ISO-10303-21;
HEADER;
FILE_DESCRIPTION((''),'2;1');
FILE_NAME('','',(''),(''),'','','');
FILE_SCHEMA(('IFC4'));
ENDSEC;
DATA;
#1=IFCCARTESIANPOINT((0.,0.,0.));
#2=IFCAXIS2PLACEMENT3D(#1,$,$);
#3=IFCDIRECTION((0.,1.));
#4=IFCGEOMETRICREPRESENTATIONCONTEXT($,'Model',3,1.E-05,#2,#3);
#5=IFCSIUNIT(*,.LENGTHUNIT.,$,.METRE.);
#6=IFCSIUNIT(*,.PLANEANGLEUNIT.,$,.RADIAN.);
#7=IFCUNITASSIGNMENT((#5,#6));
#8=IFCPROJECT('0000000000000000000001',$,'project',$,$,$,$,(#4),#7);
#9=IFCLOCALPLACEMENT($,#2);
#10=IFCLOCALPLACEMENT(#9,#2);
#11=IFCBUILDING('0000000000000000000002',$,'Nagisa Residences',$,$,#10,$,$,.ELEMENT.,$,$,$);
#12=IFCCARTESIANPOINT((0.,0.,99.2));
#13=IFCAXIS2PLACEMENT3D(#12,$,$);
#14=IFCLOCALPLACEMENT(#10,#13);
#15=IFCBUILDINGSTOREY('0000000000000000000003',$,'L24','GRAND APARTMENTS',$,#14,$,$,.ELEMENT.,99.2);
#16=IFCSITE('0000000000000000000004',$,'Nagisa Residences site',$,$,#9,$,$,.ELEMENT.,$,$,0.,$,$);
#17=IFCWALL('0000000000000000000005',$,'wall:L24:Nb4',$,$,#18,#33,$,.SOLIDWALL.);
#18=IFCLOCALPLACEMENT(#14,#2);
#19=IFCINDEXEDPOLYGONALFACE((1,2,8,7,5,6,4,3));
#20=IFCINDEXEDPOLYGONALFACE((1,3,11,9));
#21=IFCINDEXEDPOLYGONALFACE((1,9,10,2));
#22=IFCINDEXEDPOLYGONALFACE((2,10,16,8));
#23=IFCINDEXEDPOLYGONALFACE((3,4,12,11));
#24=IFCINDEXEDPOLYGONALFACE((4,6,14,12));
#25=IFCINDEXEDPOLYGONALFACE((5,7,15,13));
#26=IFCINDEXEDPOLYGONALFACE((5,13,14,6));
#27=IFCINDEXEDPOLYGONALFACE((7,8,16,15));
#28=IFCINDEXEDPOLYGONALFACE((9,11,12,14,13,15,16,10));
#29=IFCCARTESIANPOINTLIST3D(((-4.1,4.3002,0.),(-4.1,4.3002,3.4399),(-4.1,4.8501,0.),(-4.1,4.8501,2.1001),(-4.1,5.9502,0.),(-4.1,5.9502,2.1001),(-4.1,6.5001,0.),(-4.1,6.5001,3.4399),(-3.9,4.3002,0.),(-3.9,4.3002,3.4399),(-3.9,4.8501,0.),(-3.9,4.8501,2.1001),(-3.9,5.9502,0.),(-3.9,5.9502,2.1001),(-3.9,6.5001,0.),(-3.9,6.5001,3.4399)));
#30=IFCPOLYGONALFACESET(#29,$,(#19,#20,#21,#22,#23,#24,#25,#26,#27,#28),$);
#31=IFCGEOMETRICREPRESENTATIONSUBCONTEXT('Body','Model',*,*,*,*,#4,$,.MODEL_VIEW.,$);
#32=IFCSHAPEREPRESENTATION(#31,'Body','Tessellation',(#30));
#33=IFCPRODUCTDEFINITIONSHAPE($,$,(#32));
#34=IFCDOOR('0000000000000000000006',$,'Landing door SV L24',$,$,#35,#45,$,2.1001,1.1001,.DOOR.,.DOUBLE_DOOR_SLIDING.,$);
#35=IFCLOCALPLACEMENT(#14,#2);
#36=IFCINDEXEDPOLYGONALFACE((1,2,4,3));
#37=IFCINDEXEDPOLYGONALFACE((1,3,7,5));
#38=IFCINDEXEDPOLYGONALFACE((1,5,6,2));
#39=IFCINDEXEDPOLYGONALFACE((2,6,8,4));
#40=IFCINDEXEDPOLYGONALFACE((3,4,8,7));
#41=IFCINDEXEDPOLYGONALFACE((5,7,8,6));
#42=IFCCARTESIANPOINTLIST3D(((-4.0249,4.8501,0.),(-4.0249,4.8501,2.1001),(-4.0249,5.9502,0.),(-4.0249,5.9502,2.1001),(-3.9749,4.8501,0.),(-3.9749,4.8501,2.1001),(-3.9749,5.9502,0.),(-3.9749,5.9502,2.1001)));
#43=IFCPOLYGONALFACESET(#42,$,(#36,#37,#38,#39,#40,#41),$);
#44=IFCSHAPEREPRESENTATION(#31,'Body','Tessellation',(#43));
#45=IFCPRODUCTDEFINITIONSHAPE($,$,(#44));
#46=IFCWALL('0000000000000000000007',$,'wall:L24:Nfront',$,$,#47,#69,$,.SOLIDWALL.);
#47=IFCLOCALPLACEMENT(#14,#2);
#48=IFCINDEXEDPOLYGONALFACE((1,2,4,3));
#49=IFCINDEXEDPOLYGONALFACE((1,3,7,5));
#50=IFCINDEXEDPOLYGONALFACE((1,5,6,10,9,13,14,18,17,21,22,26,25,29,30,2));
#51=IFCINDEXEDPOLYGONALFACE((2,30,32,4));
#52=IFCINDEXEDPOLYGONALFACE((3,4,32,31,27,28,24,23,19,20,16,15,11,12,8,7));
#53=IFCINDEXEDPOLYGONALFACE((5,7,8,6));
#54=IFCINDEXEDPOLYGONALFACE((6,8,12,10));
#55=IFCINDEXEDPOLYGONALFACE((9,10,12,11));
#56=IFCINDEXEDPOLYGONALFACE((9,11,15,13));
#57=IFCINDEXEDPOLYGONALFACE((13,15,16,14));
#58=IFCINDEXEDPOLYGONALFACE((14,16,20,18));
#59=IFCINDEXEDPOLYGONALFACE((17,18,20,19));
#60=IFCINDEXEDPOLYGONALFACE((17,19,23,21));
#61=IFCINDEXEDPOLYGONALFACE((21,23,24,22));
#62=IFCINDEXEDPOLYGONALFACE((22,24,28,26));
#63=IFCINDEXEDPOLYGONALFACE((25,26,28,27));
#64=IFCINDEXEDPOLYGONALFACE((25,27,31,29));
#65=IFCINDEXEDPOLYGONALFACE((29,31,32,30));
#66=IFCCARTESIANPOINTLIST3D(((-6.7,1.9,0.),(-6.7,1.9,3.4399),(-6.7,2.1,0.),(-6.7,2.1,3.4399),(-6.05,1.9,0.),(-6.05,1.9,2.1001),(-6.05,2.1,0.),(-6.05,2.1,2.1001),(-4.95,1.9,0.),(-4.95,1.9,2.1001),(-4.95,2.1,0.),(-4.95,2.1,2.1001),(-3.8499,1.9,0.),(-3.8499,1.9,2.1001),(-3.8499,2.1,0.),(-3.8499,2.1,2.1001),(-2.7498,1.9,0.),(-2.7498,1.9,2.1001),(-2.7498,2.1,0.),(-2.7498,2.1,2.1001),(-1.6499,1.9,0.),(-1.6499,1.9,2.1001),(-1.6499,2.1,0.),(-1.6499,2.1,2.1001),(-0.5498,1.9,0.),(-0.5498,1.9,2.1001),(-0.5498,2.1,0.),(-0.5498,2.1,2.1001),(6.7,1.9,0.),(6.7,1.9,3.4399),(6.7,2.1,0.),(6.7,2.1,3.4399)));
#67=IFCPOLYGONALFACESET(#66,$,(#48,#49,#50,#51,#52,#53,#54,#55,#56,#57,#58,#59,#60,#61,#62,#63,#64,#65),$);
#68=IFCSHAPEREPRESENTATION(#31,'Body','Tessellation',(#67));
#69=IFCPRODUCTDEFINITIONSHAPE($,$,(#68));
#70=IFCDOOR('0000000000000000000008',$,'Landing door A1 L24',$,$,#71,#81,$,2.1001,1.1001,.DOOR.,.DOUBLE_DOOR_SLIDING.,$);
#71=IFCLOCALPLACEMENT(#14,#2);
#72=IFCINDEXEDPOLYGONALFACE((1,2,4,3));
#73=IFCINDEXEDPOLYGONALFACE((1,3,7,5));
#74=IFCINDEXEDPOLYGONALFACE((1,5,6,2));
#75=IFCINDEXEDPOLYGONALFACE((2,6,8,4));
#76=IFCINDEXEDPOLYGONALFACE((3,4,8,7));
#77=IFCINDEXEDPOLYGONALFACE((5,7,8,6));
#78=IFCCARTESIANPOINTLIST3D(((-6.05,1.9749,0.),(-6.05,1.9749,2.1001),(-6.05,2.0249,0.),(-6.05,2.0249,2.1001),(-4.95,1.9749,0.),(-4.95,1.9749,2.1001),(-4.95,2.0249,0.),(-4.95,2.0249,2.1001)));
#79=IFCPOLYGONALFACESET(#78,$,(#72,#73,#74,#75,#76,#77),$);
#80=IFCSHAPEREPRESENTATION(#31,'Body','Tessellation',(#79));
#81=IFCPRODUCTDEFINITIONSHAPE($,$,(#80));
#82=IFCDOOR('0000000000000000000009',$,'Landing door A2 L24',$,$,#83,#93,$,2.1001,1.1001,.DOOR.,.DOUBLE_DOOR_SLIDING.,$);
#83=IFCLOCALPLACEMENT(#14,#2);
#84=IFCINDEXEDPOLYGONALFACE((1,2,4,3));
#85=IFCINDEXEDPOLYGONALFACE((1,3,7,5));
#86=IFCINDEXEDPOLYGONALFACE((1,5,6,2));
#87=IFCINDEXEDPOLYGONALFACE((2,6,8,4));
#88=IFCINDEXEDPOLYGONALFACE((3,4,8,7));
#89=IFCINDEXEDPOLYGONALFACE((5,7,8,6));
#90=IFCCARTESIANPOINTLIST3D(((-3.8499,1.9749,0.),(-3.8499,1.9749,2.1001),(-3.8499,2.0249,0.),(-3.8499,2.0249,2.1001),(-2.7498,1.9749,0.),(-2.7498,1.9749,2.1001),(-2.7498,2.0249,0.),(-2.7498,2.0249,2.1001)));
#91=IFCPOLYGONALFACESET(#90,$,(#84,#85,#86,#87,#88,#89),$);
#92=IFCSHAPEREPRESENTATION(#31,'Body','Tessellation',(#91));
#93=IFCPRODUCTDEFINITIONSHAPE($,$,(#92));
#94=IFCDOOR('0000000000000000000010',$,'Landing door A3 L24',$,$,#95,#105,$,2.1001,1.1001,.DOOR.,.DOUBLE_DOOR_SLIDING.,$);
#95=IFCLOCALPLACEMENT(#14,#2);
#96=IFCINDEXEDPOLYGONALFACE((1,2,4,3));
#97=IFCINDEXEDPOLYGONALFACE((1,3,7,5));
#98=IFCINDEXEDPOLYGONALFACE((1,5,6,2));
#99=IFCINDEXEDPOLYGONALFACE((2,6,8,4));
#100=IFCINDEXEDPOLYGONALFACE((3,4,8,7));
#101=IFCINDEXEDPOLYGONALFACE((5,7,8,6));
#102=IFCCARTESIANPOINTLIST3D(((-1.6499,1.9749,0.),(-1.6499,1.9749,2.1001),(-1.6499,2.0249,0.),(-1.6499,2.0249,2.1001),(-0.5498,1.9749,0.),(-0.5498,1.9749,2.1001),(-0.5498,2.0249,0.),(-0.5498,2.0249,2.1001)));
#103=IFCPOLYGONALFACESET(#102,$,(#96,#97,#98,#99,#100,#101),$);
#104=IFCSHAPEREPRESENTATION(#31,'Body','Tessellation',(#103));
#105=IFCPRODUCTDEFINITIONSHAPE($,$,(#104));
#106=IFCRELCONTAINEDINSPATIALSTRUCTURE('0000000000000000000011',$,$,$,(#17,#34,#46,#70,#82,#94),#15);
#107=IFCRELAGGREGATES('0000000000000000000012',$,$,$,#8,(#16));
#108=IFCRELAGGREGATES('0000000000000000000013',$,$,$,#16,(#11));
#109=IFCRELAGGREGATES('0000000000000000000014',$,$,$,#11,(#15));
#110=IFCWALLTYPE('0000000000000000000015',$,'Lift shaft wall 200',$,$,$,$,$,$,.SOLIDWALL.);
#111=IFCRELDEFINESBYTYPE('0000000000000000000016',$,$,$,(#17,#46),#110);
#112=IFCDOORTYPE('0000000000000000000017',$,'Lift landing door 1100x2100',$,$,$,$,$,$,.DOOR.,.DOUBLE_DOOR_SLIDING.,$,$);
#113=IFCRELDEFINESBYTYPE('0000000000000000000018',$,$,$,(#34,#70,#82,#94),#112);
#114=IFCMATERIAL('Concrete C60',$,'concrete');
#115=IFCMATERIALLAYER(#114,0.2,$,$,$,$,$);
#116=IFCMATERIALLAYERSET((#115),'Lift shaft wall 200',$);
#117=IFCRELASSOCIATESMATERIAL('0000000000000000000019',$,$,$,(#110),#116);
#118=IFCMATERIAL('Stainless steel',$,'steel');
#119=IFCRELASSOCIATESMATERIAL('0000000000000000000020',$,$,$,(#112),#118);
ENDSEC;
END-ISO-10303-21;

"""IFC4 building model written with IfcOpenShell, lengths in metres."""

from ifc_helpers import new_model, si_unit, direction, frame, frame_2d, origin, place, context, subcontext, project, spatial, rectangle, extrude, material, layer, layer_set, type_object, element, fill, save


model = new_model("IFC4")

# Units and contexts
model_context = context("Model", 3, precision=1e-05, world=origin(), true_north=direction((0.0, 1.0)))
body_context = subcontext(model_context, "Body", "Model", "MODEL_VIEW")
ifc_project = project(units=[si_unit("LENGTHUNIT", "METRE"), si_unit("PLANEANGLEUNIT", "RADIAN")], contexts=[model_context])

# Site, building, storey
site_placement = place(None, origin())
site = spatial("IfcSite", under=ifc_project, at=site_placement, Name="Nagisa Residences site", CompositionType="ELEMENT", RefElevation=0.0)
building_placement = place(site_placement, origin())
building = spatial("IfcBuilding", under=site, at=building_placement, Name="Nagisa Residences", CompositionType="ELEMENT")
storey_placement = place(building_placement, frame((0.0, 0.0, 99.2)))
storey = spatial("IfcBuildingStorey", under=building, at=storey_placement, Name="L24", Description="GRAND APARTMENTS", CompositionType="ELEMENT", Elevation=99.2)

# Wall, opening, door
ifc_material_1 = material(Name="Concrete C60", Category="concrete")
ifc_layer_1 = layer(ifc_material_1, 0.2)
ifc_layer_set_1 = layer_set([ifc_layer_1], Name="Lift shaft wall 200")
wall_type_1 = type_object("IfcWallType", Name="Lift shaft wall 200", PredefinedType="SOLIDWALL", material=ifc_layer_set_1)
wall_1_placement = place(storey_placement, frame((-4.0, 4.3, 0.0), z_axis=(0.0, 0.0, 1.0), x_axis=(0.0, 1.0, 0.0)))
wall_1 = element("IfcWall", 1, at=wall_1_placement, inside=storey, type_object=wall_type_1, Name="wall:L24:Nb4", PredefinedType="SOLIDWALL", context=body_context, shape_type="SweptSolid", body=[
    extrude(rectangle(XDim=2.2, YDim=0.2, at=frame_2d((1.1001, 0.0))), origin(), (0.0, 0.0, 1.0), 3.4399),
])
opening_1_placement = place(wall_1_placement, frame((0.55, 0.0, 0.0)))
opening_1 = element("IfcOpeningElement", 2, at=opening_1_placement, cuts=wall_1, PredefinedType="OPENING", context=body_context, shape_type="SweptSolid", body=[
    extrude(rectangle(XDim=1.1001, YDim=2.1001, at=frame_2d((0.55, 1.05))), frame((0.0, 0.1099, 0.0), z_axis=(0.0, -1.0, 0.0), x_axis=(1.0, 0.0, 0.0)), (0.0, 0.0, 1.0), 0.22),
])
ifc_material_2 = material(Name="Stainless steel", Category="steel")
door_type_1 = type_object("IfcDoorType", Name="Lift landing door 1100x2100", OperationType="DOUBLE_DOOR_SLIDING", PredefinedType="DOOR", material=ifc_material_2)
door_1_placement = place(opening_1_placement, origin())
door_1 = element("IfcDoor", 3, at=door_1_placement, inside=storey, type_object=door_type_1, Name="Landing door SV L24", OperationType="DOUBLE_DOOR_SLIDING", OverallHeight=2.1001, OverallWidth=1.1001, PredefinedType="DOOR", context=body_context, shape_type="SweptSolid", body=[
    extrude(rectangle(XDim=1.1001, YDim=2.1001, at=frame_2d((0.55, 1.05))), frame((0.0, 0.0249, 0.0), z_axis=(0.0, -1.0, 0.0), x_axis=(1.0, 0.0, 0.0)), (0.0, 0.0, 1.0), 0.05),
])
fill(opening_1, door_1)

# Wall, openings, doors
wall_2_placement = place(storey_placement, frame((-6.7, 2.0, 0.0), z_axis=(0.0, 0.0, 1.0), x_axis=(1.0, 0.0, 0.0)))
wall_2 = element("IfcWall", 4, at=wall_2_placement, inside=storey, type_object=wall_type_1, Name="wall:L24:Nfront", PredefinedType="SOLIDWALL", context=body_context, shape_type="SweptSolid", body=[
    extrude(rectangle(XDim=13.3999, YDim=0.2, at=frame_2d((6.7, 0.0))), origin(), (0.0, 0.0, 1.0), 3.4399),
])
opening_2_placement = place(wall_2_placement, frame((0.6499, 0.0, 0.0)))
opening_2 = element("IfcOpeningElement", 5, at=opening_2_placement, cuts=wall_2, PredefinedType="OPENING", context=body_context, shape_type="SweptSolid", body=[
    extrude(rectangle(XDim=1.1001, YDim=2.1001, at=frame_2d((0.55, 1.05))), frame((0.0, 0.1099, 0.0), z_axis=(0.0, -1.0, 0.0), x_axis=(1.0, 0.0, 0.0)), (0.0, 0.0, 1.0), 0.22),
])
opening_3_placement = place(wall_2_placement, frame((2.8501, 0.0, 0.0)))
opening_3 = element("IfcOpeningElement", 6, at=opening_3_placement, cuts=wall_2, PredefinedType="OPENING", context=body_context, shape_type="SweptSolid", body=[
    extrude(rectangle(XDim=1.1001, YDim=2.1001, at=frame_2d((0.55, 1.05))), frame((0.0, 0.1099, 0.0), z_axis=(0.0, -1.0, 0.0), x_axis=(1.0, 0.0, 0.0)), (0.0, 0.0, 1.0), 0.22),
])
opening_4_placement = place(wall_2_placement, frame((5.05, 0.0, 0.0)))
opening_4 = element("IfcOpeningElement", 7, at=opening_4_placement, cuts=wall_2, PredefinedType="OPENING", context=body_context, shape_type="SweptSolid", body=[
    extrude(rectangle(XDim=1.1001, YDim=2.1001, at=frame_2d((0.55, 1.05))), frame((0.0, 0.1099, 0.0), z_axis=(0.0, -1.0, 0.0), x_axis=(1.0, 0.0, 0.0)), (0.0, 0.0, 1.0), 0.22),
])
door_2_placement = place(opening_2_placement, origin())
door_2 = element("IfcDoor", 8, at=door_2_placement, inside=storey, type_object=door_type_1, Name="Landing door A1 L24", OperationType="DOUBLE_DOOR_SLIDING", OverallHeight=2.1001, OverallWidth=1.1001, PredefinedType="DOOR", context=body_context, shape_type="SweptSolid", body=[
    extrude(rectangle(XDim=1.1001, YDim=2.1001, at=frame_2d((0.55, 1.05))), frame((0.0, 0.0249, 0.0), z_axis=(0.0, -1.0, 0.0), x_axis=(1.0, 0.0, 0.0)), (0.0, 0.0, 1.0), 0.05),
])
fill(opening_2, door_2)
door_3_placement = place(opening_3_placement, origin())
door_3 = element("IfcDoor", 9, at=door_3_placement, inside=storey, type_object=door_type_1, Name="Landing door A2 L24", OperationType="DOUBLE_DOOR_SLIDING", OverallHeight=2.1001, OverallWidth=1.1001, PredefinedType="DOOR", context=body_context, shape_type="SweptSolid", body=[
    extrude(rectangle(XDim=1.1001, YDim=2.1001, at=frame_2d((0.55, 1.05))), frame((0.0, 0.0249, 0.0), z_axis=(0.0, -1.0, 0.0), x_axis=(1.0, 0.0, 0.0)), (0.0, 0.0, 1.0), 0.05),
])
fill(opening_3, door_3)
door_4_placement = place(opening_4_placement, origin())
door_4 = element("IfcDoor", 10, at=door_4_placement, inside=storey, type_object=door_type_1, Name="Landing door A3 L24", OperationType="DOUBLE_DOOR_SLIDING", OverallHeight=2.1001, OverallWidth=1.1001, PredefinedType="DOOR", context=body_context, shape_type="SweptSolid", body=[
    extrude(rectangle(XDim=1.1001, YDim=2.1001, at=frame_2d((0.55, 1.05))), frame((0.0, 0.0249, 0.0), z_axis=(0.0, -1.0, 0.0), x_axis=(1.0, 0.0, 0.0)), (0.0, 0.0, 1.0), 0.05),
])
fill(opening_4, door_4)

save(model, "model.ifc")
